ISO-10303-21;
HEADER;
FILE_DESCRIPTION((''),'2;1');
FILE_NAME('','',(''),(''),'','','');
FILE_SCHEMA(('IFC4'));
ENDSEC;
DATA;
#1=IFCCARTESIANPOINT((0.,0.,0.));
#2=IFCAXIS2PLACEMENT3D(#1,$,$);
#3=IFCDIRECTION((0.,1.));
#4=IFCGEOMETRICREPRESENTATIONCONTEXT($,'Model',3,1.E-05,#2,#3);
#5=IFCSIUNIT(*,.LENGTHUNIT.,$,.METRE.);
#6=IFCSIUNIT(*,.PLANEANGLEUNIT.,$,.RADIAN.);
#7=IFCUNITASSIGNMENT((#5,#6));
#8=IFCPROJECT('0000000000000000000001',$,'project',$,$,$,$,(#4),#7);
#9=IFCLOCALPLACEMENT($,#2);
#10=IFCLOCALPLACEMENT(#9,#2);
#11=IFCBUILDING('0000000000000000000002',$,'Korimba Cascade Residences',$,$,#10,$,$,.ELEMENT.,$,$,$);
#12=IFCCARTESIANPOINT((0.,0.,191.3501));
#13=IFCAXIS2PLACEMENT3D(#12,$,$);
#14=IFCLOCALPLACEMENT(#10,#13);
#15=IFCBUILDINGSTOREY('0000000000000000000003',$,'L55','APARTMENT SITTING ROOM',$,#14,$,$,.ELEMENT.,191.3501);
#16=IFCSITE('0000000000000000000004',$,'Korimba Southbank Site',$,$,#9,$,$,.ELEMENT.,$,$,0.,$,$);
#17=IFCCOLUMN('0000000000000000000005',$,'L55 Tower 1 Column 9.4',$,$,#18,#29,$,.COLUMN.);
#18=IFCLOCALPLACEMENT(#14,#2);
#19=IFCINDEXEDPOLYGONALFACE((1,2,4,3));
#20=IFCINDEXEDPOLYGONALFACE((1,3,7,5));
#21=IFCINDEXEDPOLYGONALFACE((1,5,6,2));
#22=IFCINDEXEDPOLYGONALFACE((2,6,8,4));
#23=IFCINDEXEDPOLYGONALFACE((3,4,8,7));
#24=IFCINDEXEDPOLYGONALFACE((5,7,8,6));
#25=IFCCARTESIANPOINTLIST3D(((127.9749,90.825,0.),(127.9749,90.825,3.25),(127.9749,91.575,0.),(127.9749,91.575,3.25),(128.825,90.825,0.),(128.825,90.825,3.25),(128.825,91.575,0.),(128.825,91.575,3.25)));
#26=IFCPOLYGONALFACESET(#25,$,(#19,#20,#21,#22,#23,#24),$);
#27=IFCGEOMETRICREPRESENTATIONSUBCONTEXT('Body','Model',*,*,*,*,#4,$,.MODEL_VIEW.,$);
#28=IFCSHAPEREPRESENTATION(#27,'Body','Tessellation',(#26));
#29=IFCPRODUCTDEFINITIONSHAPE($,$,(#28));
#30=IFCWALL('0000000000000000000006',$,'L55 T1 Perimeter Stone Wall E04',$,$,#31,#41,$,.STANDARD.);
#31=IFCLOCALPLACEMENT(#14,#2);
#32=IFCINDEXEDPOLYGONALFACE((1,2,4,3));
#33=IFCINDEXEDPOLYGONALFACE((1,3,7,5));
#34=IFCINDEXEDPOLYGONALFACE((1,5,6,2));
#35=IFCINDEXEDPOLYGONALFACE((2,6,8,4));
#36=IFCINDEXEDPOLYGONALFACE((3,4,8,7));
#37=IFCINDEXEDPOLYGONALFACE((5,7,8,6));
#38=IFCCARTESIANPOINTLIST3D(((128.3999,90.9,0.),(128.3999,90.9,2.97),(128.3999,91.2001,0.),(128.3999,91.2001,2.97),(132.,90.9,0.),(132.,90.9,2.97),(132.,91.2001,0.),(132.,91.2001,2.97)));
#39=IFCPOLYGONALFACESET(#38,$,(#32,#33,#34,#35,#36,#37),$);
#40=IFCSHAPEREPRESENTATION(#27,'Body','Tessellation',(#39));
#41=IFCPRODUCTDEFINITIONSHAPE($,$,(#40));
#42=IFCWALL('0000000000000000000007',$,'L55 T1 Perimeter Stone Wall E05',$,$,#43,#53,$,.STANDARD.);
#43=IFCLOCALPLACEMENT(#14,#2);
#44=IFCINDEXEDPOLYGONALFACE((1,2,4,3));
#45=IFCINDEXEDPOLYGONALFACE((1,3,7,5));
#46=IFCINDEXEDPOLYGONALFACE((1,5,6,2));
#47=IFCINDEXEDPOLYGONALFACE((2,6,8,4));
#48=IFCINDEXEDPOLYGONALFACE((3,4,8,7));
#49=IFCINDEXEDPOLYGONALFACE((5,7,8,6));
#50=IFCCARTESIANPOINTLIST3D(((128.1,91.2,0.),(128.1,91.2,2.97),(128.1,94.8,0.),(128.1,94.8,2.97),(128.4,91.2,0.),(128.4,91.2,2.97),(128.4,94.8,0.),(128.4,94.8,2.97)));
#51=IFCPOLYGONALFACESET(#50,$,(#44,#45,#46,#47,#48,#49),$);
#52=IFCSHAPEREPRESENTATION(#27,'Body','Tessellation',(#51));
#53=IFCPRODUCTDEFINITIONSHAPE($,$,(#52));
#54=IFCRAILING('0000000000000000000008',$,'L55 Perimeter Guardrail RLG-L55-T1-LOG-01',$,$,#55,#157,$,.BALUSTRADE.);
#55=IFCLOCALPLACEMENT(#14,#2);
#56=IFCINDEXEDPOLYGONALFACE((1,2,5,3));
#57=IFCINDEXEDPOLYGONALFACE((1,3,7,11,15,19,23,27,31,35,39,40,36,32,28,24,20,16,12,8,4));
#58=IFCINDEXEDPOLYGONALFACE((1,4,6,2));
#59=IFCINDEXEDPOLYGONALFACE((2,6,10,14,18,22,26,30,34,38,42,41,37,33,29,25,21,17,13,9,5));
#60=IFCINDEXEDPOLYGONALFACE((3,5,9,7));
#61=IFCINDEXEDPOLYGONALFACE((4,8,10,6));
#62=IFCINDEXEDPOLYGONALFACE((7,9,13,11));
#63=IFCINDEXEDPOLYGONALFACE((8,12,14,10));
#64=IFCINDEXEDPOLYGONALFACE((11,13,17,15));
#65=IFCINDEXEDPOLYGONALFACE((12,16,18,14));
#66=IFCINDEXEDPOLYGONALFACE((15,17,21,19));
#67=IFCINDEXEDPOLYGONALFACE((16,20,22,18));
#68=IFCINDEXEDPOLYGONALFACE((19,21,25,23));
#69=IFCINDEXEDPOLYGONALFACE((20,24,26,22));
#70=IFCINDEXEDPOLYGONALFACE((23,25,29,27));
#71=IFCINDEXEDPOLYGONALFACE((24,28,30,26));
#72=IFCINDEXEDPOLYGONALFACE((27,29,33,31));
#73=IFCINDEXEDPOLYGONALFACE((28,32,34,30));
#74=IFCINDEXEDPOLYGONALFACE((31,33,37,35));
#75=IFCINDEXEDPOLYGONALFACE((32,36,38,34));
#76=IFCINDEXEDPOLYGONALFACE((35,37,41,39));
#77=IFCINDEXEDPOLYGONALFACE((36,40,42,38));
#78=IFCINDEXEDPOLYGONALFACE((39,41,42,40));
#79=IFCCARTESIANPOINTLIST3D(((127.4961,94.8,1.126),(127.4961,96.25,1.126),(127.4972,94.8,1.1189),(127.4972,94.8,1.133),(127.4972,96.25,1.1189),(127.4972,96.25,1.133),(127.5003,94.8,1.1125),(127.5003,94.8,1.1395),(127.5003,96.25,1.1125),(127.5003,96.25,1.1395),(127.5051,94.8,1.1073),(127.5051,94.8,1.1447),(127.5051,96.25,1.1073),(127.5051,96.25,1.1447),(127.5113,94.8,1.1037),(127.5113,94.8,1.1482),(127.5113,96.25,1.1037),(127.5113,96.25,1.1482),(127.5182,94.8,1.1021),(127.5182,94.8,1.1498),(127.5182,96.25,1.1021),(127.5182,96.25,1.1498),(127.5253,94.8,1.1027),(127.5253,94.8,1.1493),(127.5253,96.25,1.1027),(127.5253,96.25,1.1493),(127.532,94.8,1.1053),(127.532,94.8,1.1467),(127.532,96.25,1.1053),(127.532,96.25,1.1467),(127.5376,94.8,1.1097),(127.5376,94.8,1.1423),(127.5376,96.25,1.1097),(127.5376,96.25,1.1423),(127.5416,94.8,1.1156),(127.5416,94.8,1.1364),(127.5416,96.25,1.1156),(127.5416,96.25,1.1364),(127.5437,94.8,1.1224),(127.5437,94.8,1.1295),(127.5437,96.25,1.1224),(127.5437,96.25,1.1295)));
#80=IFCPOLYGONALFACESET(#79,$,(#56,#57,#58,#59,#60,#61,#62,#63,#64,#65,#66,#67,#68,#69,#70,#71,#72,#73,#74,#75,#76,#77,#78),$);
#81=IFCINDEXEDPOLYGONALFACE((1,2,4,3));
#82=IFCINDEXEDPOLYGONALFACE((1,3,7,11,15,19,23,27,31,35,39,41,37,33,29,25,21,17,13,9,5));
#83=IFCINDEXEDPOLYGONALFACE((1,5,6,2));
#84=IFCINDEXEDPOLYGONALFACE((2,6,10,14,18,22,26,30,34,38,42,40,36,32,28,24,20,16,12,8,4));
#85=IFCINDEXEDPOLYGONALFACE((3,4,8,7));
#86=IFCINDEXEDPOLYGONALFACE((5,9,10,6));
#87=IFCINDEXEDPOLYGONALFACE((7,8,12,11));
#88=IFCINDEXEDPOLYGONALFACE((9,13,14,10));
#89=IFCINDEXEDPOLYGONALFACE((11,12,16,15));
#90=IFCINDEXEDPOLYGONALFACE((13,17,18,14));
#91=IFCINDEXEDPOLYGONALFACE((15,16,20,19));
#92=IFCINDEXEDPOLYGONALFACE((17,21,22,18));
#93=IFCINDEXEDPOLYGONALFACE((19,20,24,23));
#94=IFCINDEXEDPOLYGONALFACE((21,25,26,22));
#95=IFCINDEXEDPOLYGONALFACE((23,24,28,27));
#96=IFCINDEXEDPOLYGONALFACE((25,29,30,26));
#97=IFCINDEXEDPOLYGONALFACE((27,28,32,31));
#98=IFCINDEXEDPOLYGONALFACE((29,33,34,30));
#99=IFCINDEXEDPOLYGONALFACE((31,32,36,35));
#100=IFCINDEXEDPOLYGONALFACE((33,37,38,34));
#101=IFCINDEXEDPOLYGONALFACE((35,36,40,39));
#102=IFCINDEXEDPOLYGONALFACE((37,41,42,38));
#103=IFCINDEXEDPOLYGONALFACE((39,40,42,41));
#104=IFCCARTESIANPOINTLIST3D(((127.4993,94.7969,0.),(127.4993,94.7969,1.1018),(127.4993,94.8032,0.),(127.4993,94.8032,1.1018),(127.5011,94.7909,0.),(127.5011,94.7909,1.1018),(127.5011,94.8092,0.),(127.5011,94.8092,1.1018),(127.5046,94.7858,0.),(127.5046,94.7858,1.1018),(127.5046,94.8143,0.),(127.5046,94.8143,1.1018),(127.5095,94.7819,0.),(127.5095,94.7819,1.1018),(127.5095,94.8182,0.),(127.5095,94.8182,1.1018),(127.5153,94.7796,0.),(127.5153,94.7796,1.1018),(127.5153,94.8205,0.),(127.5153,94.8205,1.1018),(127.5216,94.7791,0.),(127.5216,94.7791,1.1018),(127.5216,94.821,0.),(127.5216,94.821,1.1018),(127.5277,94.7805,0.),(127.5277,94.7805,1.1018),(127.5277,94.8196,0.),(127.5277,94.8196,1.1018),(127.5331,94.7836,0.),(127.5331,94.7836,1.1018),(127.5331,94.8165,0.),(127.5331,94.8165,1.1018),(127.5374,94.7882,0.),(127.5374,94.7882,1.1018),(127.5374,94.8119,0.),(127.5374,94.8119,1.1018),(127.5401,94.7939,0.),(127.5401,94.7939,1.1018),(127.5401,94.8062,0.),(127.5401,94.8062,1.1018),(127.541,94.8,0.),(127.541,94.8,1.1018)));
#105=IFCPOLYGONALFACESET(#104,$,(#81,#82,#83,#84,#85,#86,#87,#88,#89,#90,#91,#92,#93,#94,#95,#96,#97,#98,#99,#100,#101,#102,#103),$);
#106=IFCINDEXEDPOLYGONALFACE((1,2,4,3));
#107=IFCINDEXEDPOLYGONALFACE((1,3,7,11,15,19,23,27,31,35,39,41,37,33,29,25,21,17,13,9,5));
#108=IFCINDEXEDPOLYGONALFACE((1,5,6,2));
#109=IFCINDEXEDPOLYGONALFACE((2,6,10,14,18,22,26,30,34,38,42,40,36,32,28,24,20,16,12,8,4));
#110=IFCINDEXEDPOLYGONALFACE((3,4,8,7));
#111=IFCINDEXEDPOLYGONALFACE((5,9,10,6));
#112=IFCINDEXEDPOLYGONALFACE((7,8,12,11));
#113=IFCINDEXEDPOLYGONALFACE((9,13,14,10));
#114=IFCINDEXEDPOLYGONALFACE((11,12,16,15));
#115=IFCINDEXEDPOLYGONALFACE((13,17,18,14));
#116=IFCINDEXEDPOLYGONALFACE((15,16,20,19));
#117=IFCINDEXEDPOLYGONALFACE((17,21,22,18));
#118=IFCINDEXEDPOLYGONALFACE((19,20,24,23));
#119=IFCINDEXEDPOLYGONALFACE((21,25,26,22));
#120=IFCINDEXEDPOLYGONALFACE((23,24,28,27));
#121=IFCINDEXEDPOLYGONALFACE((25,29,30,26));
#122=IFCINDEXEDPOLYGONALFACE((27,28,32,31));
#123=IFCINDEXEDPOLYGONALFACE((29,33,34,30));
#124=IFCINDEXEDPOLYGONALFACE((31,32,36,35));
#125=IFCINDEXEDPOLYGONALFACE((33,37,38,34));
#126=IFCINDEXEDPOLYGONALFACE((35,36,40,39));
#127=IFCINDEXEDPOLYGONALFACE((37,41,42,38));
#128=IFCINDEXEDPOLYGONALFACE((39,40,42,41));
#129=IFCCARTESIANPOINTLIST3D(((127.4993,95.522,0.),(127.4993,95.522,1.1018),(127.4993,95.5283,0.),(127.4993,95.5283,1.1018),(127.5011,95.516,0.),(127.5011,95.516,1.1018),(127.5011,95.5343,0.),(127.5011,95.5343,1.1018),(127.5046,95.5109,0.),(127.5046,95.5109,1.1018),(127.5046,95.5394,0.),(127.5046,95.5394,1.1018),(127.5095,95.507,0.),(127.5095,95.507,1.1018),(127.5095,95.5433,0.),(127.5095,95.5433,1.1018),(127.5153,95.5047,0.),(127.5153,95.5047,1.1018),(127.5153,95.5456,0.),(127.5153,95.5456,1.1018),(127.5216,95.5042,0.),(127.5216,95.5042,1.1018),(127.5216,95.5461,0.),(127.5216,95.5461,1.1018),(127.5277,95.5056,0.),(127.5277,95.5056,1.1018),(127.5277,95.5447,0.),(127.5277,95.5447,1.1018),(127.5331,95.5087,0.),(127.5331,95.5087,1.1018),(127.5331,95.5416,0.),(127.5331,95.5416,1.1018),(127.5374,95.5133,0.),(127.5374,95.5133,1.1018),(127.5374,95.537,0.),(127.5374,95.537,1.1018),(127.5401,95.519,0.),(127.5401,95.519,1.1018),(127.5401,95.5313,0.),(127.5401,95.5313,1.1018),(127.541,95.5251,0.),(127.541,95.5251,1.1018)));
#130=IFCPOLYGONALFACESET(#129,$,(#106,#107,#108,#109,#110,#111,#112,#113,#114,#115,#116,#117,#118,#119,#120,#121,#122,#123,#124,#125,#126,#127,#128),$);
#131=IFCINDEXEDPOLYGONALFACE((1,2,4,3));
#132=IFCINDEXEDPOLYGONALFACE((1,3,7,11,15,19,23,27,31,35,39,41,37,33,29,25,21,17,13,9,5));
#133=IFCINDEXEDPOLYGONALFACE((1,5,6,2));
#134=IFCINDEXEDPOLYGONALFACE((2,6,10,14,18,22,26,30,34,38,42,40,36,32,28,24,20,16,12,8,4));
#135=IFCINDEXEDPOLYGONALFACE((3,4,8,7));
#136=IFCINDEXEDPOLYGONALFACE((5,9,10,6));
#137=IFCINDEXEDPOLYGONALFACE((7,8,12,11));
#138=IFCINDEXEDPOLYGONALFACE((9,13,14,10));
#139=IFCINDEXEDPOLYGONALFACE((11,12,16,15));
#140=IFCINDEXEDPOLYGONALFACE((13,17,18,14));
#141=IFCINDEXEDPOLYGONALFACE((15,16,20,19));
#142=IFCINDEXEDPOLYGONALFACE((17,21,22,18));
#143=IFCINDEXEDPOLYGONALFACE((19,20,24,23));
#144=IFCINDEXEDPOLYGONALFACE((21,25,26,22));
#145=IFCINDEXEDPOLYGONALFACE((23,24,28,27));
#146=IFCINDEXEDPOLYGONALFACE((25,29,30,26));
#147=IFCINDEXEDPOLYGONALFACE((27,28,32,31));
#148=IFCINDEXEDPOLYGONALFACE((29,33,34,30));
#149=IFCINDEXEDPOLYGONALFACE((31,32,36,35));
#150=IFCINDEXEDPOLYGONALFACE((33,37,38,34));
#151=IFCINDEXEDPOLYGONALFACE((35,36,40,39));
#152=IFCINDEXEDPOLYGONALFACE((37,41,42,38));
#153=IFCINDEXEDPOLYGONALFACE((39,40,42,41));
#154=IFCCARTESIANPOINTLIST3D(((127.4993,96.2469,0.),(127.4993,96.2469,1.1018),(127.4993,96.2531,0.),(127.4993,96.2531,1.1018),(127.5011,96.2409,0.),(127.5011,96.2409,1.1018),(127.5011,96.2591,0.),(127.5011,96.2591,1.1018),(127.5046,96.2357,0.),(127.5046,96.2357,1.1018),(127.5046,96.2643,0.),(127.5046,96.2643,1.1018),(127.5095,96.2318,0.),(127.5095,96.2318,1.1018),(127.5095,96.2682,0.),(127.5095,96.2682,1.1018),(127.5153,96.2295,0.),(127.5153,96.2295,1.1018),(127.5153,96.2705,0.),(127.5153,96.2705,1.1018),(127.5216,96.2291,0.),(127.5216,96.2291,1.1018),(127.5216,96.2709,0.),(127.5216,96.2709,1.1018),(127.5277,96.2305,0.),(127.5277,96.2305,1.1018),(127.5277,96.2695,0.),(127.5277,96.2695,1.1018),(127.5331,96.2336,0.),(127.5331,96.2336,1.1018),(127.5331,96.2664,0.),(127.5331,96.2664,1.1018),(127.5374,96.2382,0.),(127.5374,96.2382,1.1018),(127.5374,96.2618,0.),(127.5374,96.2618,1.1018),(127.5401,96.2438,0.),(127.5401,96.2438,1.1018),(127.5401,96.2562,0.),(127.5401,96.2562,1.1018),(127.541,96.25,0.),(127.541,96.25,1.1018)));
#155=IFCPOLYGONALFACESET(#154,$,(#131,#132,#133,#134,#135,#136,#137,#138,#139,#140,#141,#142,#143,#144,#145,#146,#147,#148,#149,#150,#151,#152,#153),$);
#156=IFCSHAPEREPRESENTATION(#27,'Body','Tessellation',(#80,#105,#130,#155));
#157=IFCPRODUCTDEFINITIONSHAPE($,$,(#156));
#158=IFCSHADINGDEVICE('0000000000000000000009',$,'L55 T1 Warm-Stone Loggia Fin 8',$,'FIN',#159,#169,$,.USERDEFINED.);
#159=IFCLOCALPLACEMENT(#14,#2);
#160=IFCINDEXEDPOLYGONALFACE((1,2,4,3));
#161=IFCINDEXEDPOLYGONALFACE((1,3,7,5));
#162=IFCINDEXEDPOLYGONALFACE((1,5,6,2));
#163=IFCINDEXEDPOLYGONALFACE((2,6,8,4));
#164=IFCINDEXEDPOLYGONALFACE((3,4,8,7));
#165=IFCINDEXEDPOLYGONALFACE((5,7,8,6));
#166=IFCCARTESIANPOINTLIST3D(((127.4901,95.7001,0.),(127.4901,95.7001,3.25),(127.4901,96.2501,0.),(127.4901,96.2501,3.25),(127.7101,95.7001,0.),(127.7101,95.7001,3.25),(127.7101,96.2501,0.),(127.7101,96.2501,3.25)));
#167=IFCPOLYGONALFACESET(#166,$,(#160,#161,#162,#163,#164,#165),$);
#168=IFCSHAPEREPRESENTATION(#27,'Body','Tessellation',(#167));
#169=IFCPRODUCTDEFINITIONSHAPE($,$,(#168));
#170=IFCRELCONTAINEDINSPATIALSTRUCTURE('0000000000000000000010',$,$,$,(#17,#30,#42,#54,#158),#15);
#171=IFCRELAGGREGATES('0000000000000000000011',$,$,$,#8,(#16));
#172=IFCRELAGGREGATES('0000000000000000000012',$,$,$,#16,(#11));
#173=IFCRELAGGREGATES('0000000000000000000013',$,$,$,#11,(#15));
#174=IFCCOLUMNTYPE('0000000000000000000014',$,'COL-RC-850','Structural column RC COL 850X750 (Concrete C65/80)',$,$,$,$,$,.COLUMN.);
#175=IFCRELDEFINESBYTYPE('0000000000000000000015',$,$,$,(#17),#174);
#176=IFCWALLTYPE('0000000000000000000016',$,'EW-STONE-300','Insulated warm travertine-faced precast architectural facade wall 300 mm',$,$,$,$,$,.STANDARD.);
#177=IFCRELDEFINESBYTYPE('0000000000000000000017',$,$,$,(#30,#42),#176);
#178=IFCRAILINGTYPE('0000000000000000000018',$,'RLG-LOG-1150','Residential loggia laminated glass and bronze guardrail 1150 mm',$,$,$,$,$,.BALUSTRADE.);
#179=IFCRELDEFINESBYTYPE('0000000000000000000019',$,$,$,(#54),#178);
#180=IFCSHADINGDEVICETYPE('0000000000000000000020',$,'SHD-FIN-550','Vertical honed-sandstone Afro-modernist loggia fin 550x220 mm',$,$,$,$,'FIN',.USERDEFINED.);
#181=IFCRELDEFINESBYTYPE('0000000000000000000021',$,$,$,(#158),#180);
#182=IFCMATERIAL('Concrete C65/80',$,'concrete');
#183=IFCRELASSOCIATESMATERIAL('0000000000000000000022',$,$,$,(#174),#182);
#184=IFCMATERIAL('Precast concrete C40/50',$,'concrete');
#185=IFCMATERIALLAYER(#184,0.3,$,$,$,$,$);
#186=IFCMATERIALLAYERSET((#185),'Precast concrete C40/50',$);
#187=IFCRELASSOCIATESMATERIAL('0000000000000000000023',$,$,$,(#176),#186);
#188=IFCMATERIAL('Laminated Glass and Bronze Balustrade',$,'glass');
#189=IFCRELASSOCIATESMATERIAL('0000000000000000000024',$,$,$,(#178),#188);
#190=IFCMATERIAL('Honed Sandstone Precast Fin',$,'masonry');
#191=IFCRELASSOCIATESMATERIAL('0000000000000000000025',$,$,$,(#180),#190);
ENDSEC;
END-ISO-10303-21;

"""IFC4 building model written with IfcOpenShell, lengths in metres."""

from ifc_helpers import new_model, si_unit, direction, frame, frame_2d, origin, origin_2d, place, context, subcontext, project, spatial, rectangle, circle, extrude, material, layer, layer_set, material_profile, profile_set, type_object, element, save


model = new_model("IFC4")

# Units and contexts
model_context = context("Model", 3, precision=1e-05, world=origin(), true_north=direction((0.0, 1.0)))
body_context = subcontext(model_context, "Body", "Model", "MODEL_VIEW")
ifc_project = project(units=[si_unit("LENGTHUNIT", "METRE"), si_unit("PLANEANGLEUNIT", "RADIAN")], contexts=[model_context])

# Site, building, storey
site_placement = place(None, origin())
site = spatial("IfcSite", under=ifc_project, at=site_placement, Name="Korimba Southbank Site", CompositionType="ELEMENT", RefElevation=0.0)
building_placement = place(site_placement, origin())
building = spatial("IfcBuilding", under=site, at=building_placement, Name="Korimba Cascade Residences", CompositionType="ELEMENT")
storey_placement = place(building_placement, frame((0.0, 0.0, 191.3501)))
storey = spatial("IfcBuildingStorey", under=building, at=storey_placement, Name="L55", Description="APARTMENT SITTING ROOM", CompositionType="ELEMENT", Elevation=191.3501)

# Column
ifc_material_1 = material(Name="Concrete C65/80", Category="concrete")
ifc_material_profile = material_profile(ifc_material_1, rectangle(XDim=0.8501, YDim=0.75, at=origin_2d()), Name="Concrete C65/80")
ifc_profile_set = profile_set([ifc_material_profile], Name="Concrete C65/80")
column_type = type_object("IfcColumnType", Name="COL-RC-850", Description="Structural column RC COL 850X750 (Concrete C65/80)", PredefinedType="COLUMN", material=ifc_profile_set)
column_placement = place(storey_placement, frame((128.3999, 91.2, 0.0), z_axis=(0.0, 0.0, 1.0), x_axis=(1.0, 0.0, 0.0)))
element("IfcColumn", 1, at=column_placement, inside=storey, type_object=column_type, Name="L55 Tower 1 Column 9.4", PredefinedType="COLUMN", context=body_context, shape_type="SweptSolid", body=[
    extrude(rectangle(XDim=0.8501, YDim=0.75, at=origin_2d()), origin(), (0.0, 0.0, 1.0), 3.25),
])

# Shared definitions
ifc_material_2 = material(Name="Precast concrete C40/50", Category="concrete")

# Walls
ifc_layer_1 = layer(ifc_material_2, 0.3)
ifc_layer_set_1 = layer_set([ifc_layer_1], Name="Precast concrete C40/50")
wall_type_1 = type_object("IfcWallType", Name="EW-STONE-300", Description="Insulated warm travertine-faced precast architectural facade wall 300 mm", PredefinedType="STANDARD", material=ifc_layer_set_1)
for number, where, z_axis, x_axis, name in (
    (2, (132.0, 91.05, 0.0), (0.0, 0.0, 1.0), (-1.0, 0.0, 0.0), "L55 T1 Perimeter Stone Wall E04"),
    (3, (128.25, 91.2, 0.0), (0.0, 0.0, 1.0), (0.0, 1.0, 0.0), "L55 T1 Perimeter Stone Wall E05"),
):
    element("IfcWall", number, at=place(storey_placement, frame(where, z_axis=z_axis, x_axis=x_axis)), inside=storey, type_object=wall_type_1, Name=name, PredefinedType="STANDARD", context=body_context, shape_type="SweptSolid", body=[
        extrude(rectangle(XDim=3.6001, YDim=0.3, at=frame_2d((1.8, 0.0))), origin(), (0.0, 0.0, 1.0), 2.97),
    ])

# Railing
ifc_material_3 = material(Name="Laminated Glass and Bronze Balustrade", Category="glass")
railing_type = type_object("IfcRailingType", Name="RLG-LOG-1150", Description="Residential loggia laminated glass and bronze guardrail 1150 mm", PredefinedType="BALUSTRADE", material=ifc_material_3)
railing_1_placement = place(storey_placement, frame((127.52, 94.8, 0.0)))
element("IfcRailing", 4, at=railing_1_placement, inside=storey, type_object=railing_type, Name="L55 Perimeter Guardrail RLG-L55-T1-LOG-01", PredefinedType="BALUSTRADE", context=body_context, shape_type="SweptSolid", body=[
    extrude(circle(Radius=0.0239, at=origin_2d()), frame((0.0, 0.0, 1.126), z_axis=(0.0, 1.0, 0.0), x_axis=(-1.0, 0.0, 0.0)), (0.0, 0.0, 1.0), 1.45),
    extrude(circle(Radius=0.021, at=origin_2d()), origin(), (0.0, 0.0, 1.0), 1.1018),
    extrude(circle(Radius=0.021, at=origin_2d()), frame((0.0, 0.7251, 0.0)), (0.0, 0.0, 1.0), 1.1018),
    extrude(circle(Radius=0.021, at=origin_2d()), frame((0.0, 1.45, 0.0)), (0.0, 0.0, 1.0), 1.1018),
])

# Shading device
ifc_material_4 = material(Name="Honed Sandstone Precast Fin", Category="masonry")
shading_device_type = type_object("IfcShadingDeviceType", Name="SHD-FIN-550", Description="Vertical honed-sandstone Afro-modernist loggia fin 550x220 mm", ElementType="FIN", PredefinedType="USERDEFINED", material=ifc_material_4)
shading_device_placement = place(storey_placement, frame((127.6001, 95.9751, 0.0), z_axis=(0.0, 0.0, 1.0), x_axis=(1.0, 0.0, 0.0)))
element("IfcShadingDevice", 5, at=shading_device_placement, inside=storey, type_object=shading_device_type, Name="L55 T1 Warm-Stone Loggia Fin 8", ObjectType="FIN", PredefinedType="USERDEFINED", context=body_context, shape_type="SweptSolid", body=[
    extrude(rectangle(XDim=0.22, YDim=0.55, at=origin_2d()), origin(), (0.0, 0.0, 1.0), 3.25),
])

save(model, "model.ifc")
